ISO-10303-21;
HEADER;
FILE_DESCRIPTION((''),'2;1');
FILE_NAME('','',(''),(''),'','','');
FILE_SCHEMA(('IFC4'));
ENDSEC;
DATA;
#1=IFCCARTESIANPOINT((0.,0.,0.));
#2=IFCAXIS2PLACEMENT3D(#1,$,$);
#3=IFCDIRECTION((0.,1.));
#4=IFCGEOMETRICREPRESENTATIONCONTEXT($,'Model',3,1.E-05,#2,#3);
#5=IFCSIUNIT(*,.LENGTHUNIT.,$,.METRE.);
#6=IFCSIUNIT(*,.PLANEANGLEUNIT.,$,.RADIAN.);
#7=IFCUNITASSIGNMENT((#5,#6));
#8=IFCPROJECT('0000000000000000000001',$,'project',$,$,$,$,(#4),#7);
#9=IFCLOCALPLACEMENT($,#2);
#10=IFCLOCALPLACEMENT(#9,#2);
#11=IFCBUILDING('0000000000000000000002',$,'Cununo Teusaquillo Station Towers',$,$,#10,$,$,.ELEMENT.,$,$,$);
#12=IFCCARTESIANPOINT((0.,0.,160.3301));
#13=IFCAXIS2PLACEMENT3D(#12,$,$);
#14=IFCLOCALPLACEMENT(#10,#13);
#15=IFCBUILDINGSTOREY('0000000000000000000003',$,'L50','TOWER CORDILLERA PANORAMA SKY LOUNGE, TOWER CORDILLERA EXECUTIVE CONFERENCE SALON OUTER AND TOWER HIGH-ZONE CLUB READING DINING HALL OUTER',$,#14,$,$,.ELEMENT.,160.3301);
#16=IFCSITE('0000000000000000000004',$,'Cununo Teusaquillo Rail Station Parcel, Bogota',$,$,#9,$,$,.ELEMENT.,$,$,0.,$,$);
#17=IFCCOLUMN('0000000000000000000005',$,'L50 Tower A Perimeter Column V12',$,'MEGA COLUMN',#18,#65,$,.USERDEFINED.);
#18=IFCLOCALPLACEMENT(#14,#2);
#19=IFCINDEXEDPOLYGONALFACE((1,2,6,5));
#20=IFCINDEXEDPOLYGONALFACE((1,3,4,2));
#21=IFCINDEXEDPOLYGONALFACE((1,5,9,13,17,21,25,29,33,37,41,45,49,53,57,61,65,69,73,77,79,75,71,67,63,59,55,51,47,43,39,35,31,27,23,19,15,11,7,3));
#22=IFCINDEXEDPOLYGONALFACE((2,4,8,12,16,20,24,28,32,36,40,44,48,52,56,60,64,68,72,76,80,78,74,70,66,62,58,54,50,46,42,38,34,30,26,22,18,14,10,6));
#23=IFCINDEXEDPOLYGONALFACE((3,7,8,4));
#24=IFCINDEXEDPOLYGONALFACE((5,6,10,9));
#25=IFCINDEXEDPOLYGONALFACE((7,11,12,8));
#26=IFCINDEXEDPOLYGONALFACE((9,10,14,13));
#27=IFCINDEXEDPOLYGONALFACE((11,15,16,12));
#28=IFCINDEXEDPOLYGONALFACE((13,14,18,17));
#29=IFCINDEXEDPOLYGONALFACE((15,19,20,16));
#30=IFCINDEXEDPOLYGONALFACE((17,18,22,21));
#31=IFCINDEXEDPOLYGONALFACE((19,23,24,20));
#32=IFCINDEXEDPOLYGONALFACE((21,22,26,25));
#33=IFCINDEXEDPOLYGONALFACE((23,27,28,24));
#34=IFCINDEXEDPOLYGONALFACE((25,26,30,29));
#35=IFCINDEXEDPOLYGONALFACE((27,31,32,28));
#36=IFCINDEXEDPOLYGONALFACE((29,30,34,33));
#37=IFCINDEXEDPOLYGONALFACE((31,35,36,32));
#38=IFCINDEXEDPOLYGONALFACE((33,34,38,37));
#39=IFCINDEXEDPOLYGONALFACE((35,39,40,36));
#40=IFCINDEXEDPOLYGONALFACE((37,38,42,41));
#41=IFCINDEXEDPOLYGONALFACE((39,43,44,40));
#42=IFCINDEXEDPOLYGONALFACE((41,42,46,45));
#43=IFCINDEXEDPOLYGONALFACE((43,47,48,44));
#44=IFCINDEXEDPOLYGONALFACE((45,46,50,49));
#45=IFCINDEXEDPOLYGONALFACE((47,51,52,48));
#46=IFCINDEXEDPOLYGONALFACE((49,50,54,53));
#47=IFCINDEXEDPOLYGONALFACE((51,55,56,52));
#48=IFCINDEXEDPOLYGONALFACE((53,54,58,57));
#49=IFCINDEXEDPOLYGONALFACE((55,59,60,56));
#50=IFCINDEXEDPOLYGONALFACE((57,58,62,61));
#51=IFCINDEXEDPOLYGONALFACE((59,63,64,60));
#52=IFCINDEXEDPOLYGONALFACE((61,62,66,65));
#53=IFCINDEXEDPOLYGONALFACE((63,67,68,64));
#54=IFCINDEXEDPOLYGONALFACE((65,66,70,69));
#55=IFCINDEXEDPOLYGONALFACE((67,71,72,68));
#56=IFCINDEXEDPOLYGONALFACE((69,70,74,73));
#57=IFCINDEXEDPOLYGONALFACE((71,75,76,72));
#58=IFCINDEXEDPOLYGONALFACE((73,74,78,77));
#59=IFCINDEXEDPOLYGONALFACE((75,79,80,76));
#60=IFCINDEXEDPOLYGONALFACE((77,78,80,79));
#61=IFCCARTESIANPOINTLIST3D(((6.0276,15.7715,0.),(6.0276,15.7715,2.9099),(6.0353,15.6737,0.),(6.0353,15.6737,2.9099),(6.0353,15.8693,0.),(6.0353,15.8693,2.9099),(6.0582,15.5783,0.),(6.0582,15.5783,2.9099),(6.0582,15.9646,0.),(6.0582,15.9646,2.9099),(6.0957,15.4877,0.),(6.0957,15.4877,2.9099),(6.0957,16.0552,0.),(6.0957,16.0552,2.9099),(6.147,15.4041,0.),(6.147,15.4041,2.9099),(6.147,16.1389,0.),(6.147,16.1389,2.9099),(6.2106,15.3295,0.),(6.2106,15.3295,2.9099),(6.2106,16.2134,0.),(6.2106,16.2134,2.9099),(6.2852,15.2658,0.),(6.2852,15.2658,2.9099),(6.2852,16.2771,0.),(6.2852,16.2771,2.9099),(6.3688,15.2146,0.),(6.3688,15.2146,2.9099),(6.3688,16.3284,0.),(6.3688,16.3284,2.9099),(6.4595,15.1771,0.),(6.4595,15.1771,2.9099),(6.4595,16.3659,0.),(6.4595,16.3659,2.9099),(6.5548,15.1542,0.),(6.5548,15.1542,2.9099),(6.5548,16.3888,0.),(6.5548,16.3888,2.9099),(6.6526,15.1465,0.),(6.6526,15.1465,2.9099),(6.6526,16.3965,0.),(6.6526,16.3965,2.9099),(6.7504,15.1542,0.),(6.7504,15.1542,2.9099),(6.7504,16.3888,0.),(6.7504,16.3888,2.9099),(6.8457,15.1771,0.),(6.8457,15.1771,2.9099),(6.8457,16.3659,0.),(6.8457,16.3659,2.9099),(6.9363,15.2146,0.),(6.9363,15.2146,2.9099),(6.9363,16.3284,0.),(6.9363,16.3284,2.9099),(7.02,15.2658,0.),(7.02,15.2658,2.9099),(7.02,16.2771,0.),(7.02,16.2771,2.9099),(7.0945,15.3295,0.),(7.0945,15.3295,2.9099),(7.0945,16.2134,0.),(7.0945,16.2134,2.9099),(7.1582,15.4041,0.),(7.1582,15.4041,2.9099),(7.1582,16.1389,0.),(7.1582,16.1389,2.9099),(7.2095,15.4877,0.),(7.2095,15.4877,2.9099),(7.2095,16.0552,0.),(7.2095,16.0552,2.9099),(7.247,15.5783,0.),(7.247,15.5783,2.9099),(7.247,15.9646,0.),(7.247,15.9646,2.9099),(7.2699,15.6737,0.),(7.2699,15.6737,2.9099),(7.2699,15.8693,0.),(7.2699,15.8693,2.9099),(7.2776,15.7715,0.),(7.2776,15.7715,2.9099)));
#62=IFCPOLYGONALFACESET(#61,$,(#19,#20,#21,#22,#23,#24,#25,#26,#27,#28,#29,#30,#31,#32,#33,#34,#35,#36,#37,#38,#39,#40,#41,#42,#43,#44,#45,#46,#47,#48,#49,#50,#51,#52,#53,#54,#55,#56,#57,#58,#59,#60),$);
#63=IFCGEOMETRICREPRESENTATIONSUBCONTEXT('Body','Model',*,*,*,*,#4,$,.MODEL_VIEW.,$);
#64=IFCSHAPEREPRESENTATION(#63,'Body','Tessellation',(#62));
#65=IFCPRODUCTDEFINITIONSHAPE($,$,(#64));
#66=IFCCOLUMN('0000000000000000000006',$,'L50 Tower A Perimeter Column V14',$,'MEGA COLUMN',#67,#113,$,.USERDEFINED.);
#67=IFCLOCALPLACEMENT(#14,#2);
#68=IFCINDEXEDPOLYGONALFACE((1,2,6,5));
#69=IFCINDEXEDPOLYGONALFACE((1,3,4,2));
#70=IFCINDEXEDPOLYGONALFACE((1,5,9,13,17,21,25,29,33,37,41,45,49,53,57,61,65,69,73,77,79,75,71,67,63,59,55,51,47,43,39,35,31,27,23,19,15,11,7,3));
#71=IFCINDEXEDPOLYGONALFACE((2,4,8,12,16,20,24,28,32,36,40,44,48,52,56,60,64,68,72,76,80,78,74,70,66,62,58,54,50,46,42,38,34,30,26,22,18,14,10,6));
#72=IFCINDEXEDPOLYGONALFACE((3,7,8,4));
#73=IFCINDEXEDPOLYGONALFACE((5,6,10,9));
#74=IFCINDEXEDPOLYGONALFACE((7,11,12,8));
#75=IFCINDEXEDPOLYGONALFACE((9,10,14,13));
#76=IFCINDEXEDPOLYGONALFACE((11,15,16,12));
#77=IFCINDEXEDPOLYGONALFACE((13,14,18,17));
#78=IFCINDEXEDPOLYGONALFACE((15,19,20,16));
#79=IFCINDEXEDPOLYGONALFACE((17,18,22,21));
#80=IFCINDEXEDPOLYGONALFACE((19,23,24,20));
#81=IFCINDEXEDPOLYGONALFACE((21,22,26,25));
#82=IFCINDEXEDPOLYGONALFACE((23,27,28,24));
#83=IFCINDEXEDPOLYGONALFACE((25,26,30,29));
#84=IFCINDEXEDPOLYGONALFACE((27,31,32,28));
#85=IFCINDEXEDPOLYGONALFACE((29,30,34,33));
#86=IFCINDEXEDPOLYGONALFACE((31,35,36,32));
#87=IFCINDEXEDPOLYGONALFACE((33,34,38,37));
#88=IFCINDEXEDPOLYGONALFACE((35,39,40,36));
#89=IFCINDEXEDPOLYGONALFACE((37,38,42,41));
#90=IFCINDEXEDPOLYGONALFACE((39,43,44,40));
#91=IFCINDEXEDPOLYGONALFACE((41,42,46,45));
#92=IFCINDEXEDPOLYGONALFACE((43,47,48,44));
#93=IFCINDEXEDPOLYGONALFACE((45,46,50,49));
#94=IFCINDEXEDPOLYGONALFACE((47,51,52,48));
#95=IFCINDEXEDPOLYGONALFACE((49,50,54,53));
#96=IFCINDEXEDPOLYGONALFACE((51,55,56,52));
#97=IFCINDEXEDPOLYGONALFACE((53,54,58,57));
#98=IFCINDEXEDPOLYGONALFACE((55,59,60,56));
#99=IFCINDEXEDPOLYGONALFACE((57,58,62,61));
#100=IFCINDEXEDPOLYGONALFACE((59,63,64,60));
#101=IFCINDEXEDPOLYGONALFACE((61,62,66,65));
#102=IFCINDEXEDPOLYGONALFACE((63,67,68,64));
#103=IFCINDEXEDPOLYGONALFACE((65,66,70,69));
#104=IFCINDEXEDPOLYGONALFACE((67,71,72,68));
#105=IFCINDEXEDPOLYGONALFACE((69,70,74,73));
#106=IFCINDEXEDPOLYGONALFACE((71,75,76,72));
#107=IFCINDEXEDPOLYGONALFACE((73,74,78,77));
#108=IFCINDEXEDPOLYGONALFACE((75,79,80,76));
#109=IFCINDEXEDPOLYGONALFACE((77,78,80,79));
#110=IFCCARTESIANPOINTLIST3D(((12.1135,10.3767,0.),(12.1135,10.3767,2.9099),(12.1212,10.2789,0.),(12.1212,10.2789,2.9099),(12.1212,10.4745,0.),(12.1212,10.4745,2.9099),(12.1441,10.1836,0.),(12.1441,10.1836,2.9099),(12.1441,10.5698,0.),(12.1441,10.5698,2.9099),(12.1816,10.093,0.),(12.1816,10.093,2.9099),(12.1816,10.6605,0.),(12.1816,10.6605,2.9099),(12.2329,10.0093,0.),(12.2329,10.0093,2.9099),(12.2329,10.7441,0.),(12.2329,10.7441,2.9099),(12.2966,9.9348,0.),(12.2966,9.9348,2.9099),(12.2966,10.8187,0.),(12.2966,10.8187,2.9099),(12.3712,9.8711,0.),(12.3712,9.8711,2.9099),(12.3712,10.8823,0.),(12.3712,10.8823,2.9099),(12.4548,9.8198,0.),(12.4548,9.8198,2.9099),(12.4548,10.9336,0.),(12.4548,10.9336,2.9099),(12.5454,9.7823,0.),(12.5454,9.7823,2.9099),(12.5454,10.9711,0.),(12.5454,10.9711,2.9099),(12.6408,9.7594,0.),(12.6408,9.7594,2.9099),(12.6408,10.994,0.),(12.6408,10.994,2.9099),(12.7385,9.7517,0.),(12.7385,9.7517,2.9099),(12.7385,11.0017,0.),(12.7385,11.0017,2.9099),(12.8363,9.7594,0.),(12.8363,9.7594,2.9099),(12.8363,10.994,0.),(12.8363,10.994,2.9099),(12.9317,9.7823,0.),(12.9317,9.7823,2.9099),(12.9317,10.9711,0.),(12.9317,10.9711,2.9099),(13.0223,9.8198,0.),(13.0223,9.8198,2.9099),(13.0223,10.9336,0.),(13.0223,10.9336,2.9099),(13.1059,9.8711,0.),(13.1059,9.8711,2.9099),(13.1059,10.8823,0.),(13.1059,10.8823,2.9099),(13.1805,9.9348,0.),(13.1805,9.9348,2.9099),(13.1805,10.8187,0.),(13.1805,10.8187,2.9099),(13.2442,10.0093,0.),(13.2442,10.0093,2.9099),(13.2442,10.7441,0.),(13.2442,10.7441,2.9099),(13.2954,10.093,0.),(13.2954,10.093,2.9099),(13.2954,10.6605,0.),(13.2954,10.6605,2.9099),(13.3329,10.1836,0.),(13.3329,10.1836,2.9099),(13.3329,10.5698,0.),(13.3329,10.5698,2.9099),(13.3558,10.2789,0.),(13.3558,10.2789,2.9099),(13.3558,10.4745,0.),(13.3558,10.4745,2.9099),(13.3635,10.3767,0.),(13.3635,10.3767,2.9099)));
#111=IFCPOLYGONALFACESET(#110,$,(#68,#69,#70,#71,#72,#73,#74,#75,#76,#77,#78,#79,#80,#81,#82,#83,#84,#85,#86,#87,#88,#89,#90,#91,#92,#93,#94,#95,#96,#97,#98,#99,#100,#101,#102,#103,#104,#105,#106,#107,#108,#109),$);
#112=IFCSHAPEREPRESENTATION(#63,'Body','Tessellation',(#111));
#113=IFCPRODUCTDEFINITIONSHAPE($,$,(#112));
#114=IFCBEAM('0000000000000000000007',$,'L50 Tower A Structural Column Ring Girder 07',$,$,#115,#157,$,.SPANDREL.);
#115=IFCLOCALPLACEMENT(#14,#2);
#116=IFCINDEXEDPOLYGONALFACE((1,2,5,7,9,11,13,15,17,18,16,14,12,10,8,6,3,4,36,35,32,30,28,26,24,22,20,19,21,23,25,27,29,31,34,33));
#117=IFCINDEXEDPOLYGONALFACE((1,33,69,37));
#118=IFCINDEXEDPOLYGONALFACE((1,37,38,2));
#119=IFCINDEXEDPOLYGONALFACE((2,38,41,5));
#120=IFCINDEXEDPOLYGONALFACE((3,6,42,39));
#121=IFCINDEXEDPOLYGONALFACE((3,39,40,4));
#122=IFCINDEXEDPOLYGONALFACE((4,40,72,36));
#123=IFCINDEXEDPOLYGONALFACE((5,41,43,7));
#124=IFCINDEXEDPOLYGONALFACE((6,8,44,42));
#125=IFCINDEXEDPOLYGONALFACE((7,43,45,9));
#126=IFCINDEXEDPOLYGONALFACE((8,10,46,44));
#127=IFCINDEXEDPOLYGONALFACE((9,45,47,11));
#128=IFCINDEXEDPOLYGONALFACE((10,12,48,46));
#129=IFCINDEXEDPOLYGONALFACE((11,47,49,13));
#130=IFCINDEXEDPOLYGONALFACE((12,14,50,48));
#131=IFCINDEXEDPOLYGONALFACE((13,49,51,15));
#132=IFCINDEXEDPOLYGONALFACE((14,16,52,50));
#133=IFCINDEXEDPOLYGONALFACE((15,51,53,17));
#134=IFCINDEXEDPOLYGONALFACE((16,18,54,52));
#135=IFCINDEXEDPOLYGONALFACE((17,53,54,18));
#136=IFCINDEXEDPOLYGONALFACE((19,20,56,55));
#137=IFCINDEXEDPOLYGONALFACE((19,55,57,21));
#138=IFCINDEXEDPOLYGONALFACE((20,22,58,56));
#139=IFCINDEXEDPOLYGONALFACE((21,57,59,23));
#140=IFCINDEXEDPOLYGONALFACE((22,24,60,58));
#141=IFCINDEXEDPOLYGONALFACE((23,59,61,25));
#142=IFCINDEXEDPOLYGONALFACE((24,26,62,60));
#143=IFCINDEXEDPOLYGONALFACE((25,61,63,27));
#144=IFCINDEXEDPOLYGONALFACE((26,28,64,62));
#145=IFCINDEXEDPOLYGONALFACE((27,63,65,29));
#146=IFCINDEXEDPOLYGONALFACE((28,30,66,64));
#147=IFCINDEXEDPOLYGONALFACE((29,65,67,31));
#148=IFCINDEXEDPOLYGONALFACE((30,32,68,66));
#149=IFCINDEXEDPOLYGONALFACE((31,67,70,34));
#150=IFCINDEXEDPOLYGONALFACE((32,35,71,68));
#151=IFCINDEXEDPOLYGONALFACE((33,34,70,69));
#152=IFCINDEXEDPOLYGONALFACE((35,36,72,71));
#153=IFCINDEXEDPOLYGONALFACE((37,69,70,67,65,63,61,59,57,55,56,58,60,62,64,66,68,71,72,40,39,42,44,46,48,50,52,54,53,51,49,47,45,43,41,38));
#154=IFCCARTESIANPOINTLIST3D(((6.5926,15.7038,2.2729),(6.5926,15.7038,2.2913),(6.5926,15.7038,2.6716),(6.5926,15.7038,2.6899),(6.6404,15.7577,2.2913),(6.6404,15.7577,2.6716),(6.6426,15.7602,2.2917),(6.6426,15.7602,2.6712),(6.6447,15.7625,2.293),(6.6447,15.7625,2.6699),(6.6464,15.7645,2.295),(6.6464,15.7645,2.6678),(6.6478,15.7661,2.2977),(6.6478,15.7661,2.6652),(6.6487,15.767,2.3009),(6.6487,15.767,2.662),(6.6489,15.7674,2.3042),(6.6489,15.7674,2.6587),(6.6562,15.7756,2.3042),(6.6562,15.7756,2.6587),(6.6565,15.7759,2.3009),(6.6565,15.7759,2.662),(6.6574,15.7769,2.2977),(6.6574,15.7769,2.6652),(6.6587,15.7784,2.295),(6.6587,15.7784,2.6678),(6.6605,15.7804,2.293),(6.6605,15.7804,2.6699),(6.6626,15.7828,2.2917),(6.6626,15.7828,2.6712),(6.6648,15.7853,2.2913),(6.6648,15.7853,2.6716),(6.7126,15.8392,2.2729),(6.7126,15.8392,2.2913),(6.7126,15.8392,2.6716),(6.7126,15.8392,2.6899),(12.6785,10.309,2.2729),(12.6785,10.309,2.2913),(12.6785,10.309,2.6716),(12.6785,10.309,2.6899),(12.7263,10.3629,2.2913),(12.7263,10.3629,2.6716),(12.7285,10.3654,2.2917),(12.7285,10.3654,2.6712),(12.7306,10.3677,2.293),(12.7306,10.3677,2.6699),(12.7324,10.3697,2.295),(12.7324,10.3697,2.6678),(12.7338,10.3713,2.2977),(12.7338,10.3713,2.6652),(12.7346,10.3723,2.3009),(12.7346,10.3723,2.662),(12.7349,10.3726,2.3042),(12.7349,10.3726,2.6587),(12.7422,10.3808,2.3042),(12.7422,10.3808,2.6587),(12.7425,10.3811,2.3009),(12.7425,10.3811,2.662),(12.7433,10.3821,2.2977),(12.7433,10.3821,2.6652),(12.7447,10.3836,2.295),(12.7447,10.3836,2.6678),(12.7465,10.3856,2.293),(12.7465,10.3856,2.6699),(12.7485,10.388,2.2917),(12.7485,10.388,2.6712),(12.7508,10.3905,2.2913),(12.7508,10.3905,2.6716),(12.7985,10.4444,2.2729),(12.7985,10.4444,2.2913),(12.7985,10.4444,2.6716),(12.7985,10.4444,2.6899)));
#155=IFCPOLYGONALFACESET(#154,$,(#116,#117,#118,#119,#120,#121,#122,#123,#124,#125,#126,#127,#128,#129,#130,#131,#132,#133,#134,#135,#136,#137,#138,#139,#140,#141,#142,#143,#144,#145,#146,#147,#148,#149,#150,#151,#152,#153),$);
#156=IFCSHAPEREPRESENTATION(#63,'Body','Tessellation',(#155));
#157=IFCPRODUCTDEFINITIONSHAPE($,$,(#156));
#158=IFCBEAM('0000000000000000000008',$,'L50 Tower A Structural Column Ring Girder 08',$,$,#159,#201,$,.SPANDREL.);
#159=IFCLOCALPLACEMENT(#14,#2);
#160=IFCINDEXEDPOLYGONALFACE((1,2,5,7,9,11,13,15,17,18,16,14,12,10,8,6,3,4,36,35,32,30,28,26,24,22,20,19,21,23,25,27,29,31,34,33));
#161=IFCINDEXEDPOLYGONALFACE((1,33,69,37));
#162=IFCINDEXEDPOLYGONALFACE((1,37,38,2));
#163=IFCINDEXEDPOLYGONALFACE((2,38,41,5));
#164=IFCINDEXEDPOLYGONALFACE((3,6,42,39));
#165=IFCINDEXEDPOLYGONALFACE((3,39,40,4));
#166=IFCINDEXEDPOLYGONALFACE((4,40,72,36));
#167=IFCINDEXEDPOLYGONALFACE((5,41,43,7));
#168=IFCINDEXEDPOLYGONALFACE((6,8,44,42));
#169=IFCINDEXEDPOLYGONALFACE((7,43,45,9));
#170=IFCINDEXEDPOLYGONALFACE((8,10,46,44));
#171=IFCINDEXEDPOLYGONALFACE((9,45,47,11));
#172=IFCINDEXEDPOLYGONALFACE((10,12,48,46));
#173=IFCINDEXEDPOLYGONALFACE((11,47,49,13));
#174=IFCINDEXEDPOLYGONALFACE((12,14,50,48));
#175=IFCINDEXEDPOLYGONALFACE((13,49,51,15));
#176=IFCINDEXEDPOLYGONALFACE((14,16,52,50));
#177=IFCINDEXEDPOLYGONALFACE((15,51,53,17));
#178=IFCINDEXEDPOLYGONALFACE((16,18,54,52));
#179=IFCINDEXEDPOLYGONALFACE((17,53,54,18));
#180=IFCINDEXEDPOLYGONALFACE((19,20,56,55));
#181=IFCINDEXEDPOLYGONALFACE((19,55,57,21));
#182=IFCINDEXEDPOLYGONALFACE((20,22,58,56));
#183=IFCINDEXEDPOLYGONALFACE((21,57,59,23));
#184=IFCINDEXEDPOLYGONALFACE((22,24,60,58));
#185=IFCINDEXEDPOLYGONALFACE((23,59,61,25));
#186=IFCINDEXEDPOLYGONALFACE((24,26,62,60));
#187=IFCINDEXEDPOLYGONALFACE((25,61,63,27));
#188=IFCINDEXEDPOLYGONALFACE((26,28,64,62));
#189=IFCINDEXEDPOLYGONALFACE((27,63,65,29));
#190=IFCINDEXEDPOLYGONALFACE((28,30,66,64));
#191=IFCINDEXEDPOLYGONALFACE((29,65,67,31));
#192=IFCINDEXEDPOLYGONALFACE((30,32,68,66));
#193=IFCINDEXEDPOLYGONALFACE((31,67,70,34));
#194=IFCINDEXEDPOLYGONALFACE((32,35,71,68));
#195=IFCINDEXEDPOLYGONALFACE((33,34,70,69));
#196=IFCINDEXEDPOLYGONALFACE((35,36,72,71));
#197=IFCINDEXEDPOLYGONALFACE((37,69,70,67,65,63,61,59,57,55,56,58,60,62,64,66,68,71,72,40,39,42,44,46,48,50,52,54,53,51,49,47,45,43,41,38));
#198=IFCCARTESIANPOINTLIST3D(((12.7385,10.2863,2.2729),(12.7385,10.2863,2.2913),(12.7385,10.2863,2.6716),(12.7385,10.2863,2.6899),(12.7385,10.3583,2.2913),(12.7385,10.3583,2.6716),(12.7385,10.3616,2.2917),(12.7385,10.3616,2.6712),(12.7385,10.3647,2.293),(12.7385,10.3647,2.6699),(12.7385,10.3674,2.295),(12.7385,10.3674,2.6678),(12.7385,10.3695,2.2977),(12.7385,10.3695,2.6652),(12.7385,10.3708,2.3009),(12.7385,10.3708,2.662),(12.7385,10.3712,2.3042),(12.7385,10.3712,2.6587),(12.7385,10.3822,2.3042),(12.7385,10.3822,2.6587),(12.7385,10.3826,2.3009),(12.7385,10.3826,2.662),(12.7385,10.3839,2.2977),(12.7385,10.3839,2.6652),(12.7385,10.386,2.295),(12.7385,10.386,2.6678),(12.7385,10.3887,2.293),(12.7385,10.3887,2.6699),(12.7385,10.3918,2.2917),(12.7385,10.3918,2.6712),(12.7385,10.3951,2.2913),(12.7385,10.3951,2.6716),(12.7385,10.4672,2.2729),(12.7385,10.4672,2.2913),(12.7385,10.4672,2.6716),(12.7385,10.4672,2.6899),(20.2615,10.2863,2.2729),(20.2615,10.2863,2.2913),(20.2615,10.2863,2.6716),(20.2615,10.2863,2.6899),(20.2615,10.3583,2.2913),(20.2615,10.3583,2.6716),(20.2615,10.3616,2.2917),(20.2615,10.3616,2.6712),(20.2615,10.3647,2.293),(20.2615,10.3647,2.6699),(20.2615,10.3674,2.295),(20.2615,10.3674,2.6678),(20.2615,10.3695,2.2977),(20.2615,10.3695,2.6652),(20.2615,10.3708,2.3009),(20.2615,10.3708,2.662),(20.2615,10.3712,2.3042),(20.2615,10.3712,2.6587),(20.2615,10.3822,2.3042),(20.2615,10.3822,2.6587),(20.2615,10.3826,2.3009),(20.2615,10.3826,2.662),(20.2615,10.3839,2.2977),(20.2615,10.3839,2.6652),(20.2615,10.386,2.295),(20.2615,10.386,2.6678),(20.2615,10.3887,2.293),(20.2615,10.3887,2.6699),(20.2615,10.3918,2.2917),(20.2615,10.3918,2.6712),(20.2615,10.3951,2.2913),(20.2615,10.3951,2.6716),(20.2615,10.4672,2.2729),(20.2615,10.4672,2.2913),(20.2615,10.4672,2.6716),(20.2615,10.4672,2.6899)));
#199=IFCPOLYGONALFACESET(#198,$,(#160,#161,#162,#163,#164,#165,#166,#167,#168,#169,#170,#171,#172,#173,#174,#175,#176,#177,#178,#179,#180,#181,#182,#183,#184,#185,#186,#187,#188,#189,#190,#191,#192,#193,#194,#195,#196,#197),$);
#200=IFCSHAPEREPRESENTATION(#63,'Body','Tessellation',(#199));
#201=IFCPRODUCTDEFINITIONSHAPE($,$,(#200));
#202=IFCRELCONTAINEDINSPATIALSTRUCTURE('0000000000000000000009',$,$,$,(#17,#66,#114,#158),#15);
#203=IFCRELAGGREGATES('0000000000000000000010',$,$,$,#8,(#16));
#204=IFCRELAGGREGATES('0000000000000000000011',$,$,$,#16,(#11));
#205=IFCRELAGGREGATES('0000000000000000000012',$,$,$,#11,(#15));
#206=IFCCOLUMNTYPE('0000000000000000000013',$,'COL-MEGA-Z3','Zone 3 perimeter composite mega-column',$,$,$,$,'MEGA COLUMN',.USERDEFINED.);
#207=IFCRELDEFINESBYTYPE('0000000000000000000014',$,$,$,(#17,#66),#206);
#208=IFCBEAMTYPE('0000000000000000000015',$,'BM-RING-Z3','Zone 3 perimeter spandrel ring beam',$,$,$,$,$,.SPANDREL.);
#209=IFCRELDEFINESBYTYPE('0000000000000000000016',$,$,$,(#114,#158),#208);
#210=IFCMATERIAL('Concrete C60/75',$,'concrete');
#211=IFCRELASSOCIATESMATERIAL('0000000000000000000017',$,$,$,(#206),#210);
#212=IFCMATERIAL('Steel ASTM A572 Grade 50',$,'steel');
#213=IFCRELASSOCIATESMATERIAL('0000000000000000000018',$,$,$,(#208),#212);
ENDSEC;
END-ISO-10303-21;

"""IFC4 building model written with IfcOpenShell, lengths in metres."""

from ifc_helpers import new_model, si_unit, direction, frame, origin, origin_2d, place, context, subcontext, project, spatial, circle, i_section, extrude, material, material_profile, profile_set, type_object, element, save


model = new_model("IFC4")

# Units and contexts
model_context = context("Model", 3, precision=1e-05, world=origin(), true_north=direction((0.0, 1.0)))
body_context = subcontext(model_context, "Body", "Model", "MODEL_VIEW")
ifc_project = project(units=[si_unit("LENGTHUNIT", "METRE"), si_unit("PLANEANGLEUNIT", "RADIAN")], contexts=[model_context])

# Site, building, storey
site_placement = place(None, origin())
site = spatial("IfcSite", under=ifc_project, at=site_placement, Name="Cununo Teusaquillo Rail Station Parcel, Bogota", CompositionType="ELEMENT", RefElevation=0.0)
building_placement = place(site_placement, origin())
building = spatial("IfcBuilding", under=site, at=building_placement, Name="Cununo Teusaquillo Station Towers", CompositionType="ELEMENT")
storey_placement = place(building_placement, frame((0.0, 0.0, 160.3301)))
storey = spatial("IfcBuildingStorey", under=building, at=storey_placement, Name="L50", Description="TOWER CORDILLERA PANORAMA SKY LOUNGE, TOWER CORDILLERA EXECUTIVE CONFERENCE SALON OUTER AND TOWER HIGH-ZONE CLUB READING DINING HALL OUTER", CompositionType="ELEMENT", Elevation=160.3301)

# Columns
ifc_material_1 = material(Name="Concrete C60/75", Category="concrete")
ifc_material_profile_1 = material_profile(ifc_material_1, circle(Radius=0.625, at=origin_2d()), Name="RC-CIRC-1250")
ifc_profile_set_1 = profile_set([ifc_material_profile_1], Name="Concrete C60/75")
column_type = type_object("IfcColumnType", Name="COL-MEGA-Z3", Description="Zone 3 perimeter composite mega-column", ElementType="MEGA COLUMN", PredefinedType="USERDEFINED", material=ifc_profile_set_1)
for number, where, z_axis, x_axis, name in (
    (1, (6.6526, 15.7715, 0.0), (0.0, 0.0, 1.0), (1.0, 0.0, 0.0), "L50 Tower A Perimeter Column V12"),
    (2, (12.7385, 10.3767, 0.0), (0.0, 0.0, 1.0), (1.0, 0.0, 0.0), "L50 Tower A Perimeter Column V14"),
):
    element("IfcColumn", number, at=place(storey_placement, frame(where, z_axis=z_axis, x_axis=x_axis)), inside=storey, type_object=column_type, Name=name, ObjectType="MEGA COLUMN", PredefinedType="USERDEFINED", context=body_context, shape_type="SweptSolid", body=[
        extrude(circle(Radius=0.625, at=origin_2d()), origin(), (0.0, 0.0, 1.0), 2.9099),
    ])

# Beams
ifc_material_2 = material(Name="Steel ASTM A572 Grade 50", Category="steel")
ifc_material_profile_2 = material_profile(ifc_material_2, i_section(OverallWidth=0.1809, OverallDepth=0.417, WebThickness=0.011, FlangeThickness=0.0183, FilletRadius=0.0129, at=origin_2d()), Name="W16X57")
ifc_profile_set_2 = profile_set([ifc_material_profile_2], Name="Steel ASTM A572 Grade 50")
beam_type = type_object("IfcBeamType", Name="BM-RING-Z3", Description="Zone 3 perimeter spandrel ring beam", PredefinedType="SPANDREL", material=ifc_profile_set_2)
beam_1_placement = place(storey_placement, frame((6.6526, 15.7715, 2.4814), z_axis=(0.748321, -0.663337, 0.0), x_axis=(0.663337, 0.748321, 0.0)))
element("IfcBeam", 3, at=beam_1_placement, inside=storey, type_object=beam_type, Name="L50 Tower A Structural Column Ring Girder 07", PredefinedType="SPANDREL", context=body_context, shape_type="SweptSolid", body=[
    extrude(i_section(OverallWidth=0.1809, OverallDepth=0.417, WebThickness=0.011, FlangeThickness=0.0183, FilletRadius=0.0129, at=origin_2d()), origin(), (0.0, 0.0, 1.0), 8.1328),
])
beam_2_placement = place(storey_placement, frame((12.7385, 10.3767, 2.4814), z_axis=(1.0, 0.0, 0.0), x_axis=(0.0, 1.0, 0.0)))
element("IfcBeam", 4, at=beam_2_placement, inside=storey, type_object=beam_type, Name="L50 Tower A Structural Column Ring Girder 08", PredefinedType="SPANDREL", context=body_context, shape_type="SweptSolid", body=[
    extrude(i_section(OverallWidth=0.1809, OverallDepth=0.417, WebThickness=0.011, FlangeThickness=0.0183, FilletRadius=0.0129, at=origin_2d()), origin(), (0.0, 0.0, 1.0), 7.5229),
])

save(model, "model.ifc")
